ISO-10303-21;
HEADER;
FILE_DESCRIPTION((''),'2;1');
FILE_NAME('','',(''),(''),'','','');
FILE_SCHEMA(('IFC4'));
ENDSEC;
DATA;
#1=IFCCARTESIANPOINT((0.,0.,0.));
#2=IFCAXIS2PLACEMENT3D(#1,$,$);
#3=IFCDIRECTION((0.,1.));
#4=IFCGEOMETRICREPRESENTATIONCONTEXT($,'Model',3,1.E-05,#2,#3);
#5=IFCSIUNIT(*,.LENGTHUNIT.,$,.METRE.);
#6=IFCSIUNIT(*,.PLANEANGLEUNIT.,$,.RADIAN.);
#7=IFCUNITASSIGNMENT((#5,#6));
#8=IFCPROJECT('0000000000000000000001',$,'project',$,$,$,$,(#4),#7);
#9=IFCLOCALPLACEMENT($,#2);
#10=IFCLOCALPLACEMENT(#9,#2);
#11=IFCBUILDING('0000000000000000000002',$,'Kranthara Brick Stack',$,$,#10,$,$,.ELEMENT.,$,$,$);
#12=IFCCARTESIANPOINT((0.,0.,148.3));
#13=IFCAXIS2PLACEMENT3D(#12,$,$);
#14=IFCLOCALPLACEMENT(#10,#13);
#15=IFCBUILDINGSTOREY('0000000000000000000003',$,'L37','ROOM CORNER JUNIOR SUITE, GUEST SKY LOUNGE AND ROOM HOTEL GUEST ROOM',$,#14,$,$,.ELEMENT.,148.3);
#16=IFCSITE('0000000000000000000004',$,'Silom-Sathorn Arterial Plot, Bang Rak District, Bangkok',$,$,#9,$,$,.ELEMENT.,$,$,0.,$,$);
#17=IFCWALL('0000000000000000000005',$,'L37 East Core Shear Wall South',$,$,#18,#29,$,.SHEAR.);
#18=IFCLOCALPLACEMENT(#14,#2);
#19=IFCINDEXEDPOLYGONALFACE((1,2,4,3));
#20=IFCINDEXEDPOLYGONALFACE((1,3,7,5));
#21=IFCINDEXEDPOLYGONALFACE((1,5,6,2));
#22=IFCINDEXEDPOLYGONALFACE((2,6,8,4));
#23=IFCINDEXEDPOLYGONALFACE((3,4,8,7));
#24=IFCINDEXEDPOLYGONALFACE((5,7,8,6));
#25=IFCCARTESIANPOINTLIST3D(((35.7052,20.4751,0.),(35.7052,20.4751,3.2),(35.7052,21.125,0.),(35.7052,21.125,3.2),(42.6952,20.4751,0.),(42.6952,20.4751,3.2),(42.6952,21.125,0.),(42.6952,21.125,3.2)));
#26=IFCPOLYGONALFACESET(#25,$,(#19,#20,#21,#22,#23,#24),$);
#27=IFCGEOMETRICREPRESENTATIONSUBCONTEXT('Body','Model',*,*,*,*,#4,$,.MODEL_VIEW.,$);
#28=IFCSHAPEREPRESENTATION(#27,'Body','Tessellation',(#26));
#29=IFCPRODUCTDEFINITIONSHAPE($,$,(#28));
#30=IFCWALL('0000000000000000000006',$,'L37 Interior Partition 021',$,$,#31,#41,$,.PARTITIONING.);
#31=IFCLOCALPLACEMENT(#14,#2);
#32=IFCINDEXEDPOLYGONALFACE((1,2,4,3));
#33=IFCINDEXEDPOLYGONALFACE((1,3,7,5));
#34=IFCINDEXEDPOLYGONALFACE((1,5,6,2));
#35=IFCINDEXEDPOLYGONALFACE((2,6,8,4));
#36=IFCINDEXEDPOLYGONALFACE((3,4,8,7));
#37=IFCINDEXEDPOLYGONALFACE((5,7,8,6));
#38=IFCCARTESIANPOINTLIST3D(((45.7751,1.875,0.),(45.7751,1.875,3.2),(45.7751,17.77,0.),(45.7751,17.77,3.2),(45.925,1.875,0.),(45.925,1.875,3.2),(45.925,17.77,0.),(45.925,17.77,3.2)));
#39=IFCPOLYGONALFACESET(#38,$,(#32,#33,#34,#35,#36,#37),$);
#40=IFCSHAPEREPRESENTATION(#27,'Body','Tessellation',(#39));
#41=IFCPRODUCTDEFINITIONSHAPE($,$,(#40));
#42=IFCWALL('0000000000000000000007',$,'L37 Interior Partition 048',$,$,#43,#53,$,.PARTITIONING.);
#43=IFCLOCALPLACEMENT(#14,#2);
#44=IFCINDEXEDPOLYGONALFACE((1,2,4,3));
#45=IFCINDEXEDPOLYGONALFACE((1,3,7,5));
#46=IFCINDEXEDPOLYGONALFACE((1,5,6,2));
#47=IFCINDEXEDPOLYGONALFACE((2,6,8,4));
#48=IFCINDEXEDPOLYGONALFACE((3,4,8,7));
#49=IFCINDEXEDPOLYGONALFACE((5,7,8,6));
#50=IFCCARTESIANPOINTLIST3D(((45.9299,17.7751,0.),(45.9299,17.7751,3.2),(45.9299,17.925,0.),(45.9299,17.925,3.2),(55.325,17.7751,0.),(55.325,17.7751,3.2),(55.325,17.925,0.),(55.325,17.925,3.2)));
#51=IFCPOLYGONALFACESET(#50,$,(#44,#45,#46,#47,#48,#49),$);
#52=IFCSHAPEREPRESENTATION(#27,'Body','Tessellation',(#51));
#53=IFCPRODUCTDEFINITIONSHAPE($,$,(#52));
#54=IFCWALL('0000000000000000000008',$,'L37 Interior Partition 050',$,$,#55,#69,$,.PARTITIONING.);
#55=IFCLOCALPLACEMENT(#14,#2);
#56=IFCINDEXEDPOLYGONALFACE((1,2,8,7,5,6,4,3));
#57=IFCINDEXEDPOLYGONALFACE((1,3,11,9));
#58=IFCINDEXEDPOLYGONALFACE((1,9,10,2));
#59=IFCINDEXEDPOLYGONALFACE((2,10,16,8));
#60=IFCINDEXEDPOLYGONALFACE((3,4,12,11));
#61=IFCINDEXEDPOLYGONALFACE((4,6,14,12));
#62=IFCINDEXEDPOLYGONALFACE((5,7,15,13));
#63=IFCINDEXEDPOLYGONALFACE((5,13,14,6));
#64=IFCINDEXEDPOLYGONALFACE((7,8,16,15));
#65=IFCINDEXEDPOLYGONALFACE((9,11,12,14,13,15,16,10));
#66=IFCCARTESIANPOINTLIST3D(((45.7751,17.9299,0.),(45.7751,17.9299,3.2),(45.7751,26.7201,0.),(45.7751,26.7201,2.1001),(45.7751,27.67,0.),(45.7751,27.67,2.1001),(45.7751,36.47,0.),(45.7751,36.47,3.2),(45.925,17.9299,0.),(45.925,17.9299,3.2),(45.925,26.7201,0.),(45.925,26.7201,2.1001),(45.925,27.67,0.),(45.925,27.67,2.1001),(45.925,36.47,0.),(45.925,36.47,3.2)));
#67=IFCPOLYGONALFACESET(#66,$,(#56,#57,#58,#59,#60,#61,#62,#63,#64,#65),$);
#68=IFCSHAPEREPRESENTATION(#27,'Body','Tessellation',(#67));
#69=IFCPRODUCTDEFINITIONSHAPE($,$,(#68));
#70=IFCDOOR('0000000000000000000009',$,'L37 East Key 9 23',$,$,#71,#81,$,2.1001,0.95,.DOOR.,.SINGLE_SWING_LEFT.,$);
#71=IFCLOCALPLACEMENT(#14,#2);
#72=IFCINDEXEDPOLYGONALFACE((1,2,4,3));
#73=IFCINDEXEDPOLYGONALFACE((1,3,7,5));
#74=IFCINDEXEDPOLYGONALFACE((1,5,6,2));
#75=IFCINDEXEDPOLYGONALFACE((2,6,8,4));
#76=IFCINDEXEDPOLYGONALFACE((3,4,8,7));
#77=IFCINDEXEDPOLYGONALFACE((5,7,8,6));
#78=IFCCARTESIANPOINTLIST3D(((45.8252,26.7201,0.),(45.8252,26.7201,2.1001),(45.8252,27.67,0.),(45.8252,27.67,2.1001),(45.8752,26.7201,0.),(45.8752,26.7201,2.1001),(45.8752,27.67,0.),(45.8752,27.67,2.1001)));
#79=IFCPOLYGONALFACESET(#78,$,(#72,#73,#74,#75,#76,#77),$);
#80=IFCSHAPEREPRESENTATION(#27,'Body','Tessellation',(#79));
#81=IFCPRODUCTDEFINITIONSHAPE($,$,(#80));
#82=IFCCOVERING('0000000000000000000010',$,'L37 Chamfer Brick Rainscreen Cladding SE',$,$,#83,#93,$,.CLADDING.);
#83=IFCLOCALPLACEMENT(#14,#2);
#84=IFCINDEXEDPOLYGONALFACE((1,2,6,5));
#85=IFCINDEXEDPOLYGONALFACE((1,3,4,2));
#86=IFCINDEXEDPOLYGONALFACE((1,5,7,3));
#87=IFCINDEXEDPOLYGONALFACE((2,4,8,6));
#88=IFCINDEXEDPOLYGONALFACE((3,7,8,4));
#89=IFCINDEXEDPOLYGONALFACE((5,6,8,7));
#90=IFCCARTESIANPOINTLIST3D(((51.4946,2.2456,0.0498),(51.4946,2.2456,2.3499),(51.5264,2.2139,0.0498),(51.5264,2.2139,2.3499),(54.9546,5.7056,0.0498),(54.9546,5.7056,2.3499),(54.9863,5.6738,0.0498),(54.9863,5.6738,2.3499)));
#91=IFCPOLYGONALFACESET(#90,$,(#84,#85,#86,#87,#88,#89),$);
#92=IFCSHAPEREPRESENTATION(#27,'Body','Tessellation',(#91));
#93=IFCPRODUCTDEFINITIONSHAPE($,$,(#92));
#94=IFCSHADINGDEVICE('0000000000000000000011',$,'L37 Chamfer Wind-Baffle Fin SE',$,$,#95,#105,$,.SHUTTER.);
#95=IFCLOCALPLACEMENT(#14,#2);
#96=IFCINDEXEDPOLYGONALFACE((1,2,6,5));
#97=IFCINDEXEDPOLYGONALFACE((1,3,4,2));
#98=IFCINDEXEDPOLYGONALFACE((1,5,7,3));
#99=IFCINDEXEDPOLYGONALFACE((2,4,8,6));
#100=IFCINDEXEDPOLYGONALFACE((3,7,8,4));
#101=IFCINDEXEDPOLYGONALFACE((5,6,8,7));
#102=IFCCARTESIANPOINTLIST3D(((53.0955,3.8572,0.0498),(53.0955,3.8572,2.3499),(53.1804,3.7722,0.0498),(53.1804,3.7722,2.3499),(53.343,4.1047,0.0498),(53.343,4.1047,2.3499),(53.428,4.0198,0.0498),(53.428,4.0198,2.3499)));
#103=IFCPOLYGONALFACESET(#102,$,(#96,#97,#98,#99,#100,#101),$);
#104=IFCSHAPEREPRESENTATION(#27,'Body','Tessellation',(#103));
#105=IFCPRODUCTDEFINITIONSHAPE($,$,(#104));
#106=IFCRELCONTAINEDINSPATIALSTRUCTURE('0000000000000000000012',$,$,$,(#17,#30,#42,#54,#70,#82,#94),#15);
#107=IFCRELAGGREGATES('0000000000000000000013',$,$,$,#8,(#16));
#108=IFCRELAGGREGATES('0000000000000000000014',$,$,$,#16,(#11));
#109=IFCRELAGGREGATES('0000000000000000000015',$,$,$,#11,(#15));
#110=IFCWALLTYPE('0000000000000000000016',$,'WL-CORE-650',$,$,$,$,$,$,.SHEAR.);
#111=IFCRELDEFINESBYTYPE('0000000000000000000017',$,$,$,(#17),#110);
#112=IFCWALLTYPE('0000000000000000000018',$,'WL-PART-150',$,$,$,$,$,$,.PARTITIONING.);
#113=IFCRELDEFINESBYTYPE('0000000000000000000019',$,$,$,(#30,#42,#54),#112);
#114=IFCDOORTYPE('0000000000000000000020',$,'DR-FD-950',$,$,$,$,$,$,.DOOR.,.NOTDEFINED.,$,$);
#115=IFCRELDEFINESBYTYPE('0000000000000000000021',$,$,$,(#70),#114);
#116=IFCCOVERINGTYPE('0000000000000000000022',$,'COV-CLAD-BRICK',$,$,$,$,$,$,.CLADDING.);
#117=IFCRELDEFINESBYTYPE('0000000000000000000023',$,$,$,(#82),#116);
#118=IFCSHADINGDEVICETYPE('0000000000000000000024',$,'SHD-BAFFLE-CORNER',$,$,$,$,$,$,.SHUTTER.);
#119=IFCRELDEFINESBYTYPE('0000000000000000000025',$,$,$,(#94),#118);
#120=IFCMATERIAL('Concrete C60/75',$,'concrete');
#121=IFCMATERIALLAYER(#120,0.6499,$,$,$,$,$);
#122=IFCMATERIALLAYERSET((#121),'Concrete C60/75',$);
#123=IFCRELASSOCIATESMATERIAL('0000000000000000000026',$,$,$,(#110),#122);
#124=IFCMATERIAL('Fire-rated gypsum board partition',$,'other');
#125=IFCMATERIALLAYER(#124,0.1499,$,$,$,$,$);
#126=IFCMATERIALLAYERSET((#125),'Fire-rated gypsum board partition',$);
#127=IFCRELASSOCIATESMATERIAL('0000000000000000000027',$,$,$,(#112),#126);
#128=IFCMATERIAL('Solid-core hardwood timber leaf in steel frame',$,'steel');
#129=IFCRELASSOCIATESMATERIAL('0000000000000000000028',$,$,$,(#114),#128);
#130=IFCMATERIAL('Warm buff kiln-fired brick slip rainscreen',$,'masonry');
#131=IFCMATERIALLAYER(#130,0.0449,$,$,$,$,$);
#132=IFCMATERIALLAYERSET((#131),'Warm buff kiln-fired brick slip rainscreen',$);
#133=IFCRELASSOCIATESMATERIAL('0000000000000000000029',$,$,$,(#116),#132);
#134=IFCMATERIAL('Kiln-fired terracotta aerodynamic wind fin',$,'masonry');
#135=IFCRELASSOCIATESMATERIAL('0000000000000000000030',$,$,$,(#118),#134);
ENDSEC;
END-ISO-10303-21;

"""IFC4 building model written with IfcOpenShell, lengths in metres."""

from ifc_helpers import new_model, si_unit, direction, frame, frame_2d, origin, origin_2d, place, context, subcontext, project, spatial, rectangle, extrude, material, layer, layer_set, type_object, element, fill, save


model = new_model("IFC4")

# Units and contexts
model_context = context("Model", 3, precision=1e-05, world=origin(), true_north=direction((0.0, 1.0)))
body_context = subcontext(model_context, "Body", "Model", "MODEL_VIEW")
ifc_project = project(units=[si_unit("LENGTHUNIT", "METRE"), si_unit("PLANEANGLEUNIT", "RADIAN")], contexts=[model_context])

# Site, building, storey
site_placement = place(None, origin())
site = spatial("IfcSite", under=ifc_project, at=site_placement, Name="Silom-Sathorn Arterial Plot, Bang Rak District, Bangkok", CompositionType="ELEMENT", RefElevation=0.0)
building_placement = place(site_placement, origin())
building = spatial("IfcBuilding", under=site, at=building_placement, Name="Kranthara Brick Stack", CompositionType="ELEMENT")
storey_placement = place(building_placement, frame((0.0, 0.0, 148.3)))
storey = spatial("IfcBuildingStorey", under=building, at=storey_placement, Name="L37", Description="ROOM CORNER JUNIOR SUITE, GUEST SKY LOUNGE AND ROOM HOTEL GUEST ROOM", CompositionType="ELEMENT", Elevation=148.3)

# Walls
ifc_material_1 = material(Name="Concrete C60/75", Category="concrete")
ifc_layer_1 = layer(ifc_material_1, 0.6499)
ifc_layer_set_1 = layer_set([ifc_layer_1], Name="Concrete C60/75")
wall_type_1 = type_object("IfcWallType", Name="WL-CORE-650", PredefinedType="SHEAR", material=ifc_layer_set_1)
wall_1_placement = place(storey_placement, frame((35.7051, 20.8, 0.0), z_axis=(0.0, 0.0, 1.0), x_axis=(1.0, 0.0, 0.0)))
element("IfcWall", 1, at=wall_1_placement, inside=storey, type_object=wall_type_1, Name="L37 East Core Shear Wall South", PredefinedType="SHEAR", context=body_context, shape_type="SweptSolid", body=[
    extrude(rectangle(XDim=6.99, YDim=0.6499, at=frame_2d((3.4951, 0.0))), origin(), (0.0, 0.0, 1.0), 3.2),
])
ifc_material_2 = material(Name="Fire-rated gypsum board partition", Category="other")
ifc_layer_2 = layer(ifc_material_2, 0.1499)
ifc_layer_set_2 = layer_set([ifc_layer_2], Name="Fire-rated gypsum board partition")
wall_type_2 = type_object("IfcWallType", Name="WL-PART-150", PredefinedType="PARTITIONING", material=ifc_layer_set_2)
wall_2_placement = place(storey_placement, frame((45.8501, 1.875, 0.0), z_axis=(0.0, 0.0, 1.0), x_axis=(0.0, 1.0, 0.0)))
element("IfcWall", 2, at=wall_2_placement, inside=storey, type_object=wall_type_2, Name="L37 Interior Partition 021", PredefinedType="PARTITIONING", context=body_context, shape_type="SweptSolid", body=[
    extrude(rectangle(XDim=15.895, YDim=0.1499, at=frame_2d((7.9475, 0.0))), origin(), (0.0, 0.0, 1.0), 3.2),
])
wall_3_placement = place(storey_placement, frame((45.9299, 17.8501, 0.0), z_axis=(0.0, 0.0, 1.0), x_axis=(1.0, 0.0, 0.0)))
element("IfcWall", 3, at=wall_3_placement, inside=storey, type_object=wall_type_2, Name="L37 Interior Partition 048", PredefinedType="PARTITIONING", context=body_context, shape_type="SweptSolid", body=[
    extrude(rectangle(XDim=9.395, YDim=0.1499, at=frame_2d((4.6975, 0.0))), origin(), (0.0, 0.0, 1.0), 3.2),
])

# Wall, opening, door
wall_4_placement = place(storey_placement, frame((45.8501, 17.9299, 0.0), z_axis=(0.0, 0.0, 1.0), x_axis=(0.0, 1.0, 0.0)))
wall_4 = element("IfcWall", 4, at=wall_4_placement, inside=storey, type_object=wall_type_2, Name="L37 Interior Partition 050", PredefinedType="PARTITIONING", context=body_context, shape_type="SweptSolid", body=[
    extrude(rectangle(XDim=18.54, YDim=0.1499, at=frame_2d((9.27, 0.0))), origin(), (0.0, 0.0, 1.0), 3.2),
])
opening_1_placement = place(wall_4_placement, frame((8.79, 0.0, 0.0)))
opening_1 = element("IfcOpeningElement", 5, at=opening_1_placement, cuts=wall_4, PredefinedType="OPENING", context=body_context, shape_type="SweptSolid", body=[
    extrude(rectangle(XDim=0.95, YDim=2.1001, at=frame_2d((0.4751, 1.05))), frame((0.0, 0.085, 0.0), z_axis=(0.0, -1.0, 0.0), x_axis=(1.0, 0.0, 0.0)), (0.0, 0.0, 1.0), 0.1699),
])
ifc_material_3 = material(Name="Solid-core hardwood timber leaf in steel frame", Category="steel")
door_type_1 = type_object("IfcDoorType", Name="DR-FD-950", OperationType="NOTDEFINED", PredefinedType="DOOR", material=ifc_material_3)
door_1_placement = place(opening_1_placement, origin())
door_1 = element("IfcDoor", 6, at=door_1_placement, inside=storey, type_object=door_type_1, Name="L37 East Key 9 23", OperationType="SINGLE_SWING_LEFT", OverallHeight=2.1001, OverallWidth=0.95, PredefinedType="DOOR", context=body_context, shape_type="SweptSolid", body=[
    extrude(rectangle(XDim=0.95, YDim=2.1001, at=frame_2d((0.4751, 1.05))), frame((0.0, 0.0249, 0.0), z_axis=(0.0, -1.0, 0.0), x_axis=(1.0, 0.0, 0.0)), (0.0, 0.0, 1.0), 0.05),
])
fill(opening_1, door_1)

# Covering
ifc_material_4 = material(Name="Warm buff kiln-fired brick slip rainscreen", Category="masonry")
ifc_layer_3 = layer(ifc_material_4, 0.0449)
ifc_layer_set_3 = layer_set([ifc_layer_3], Name="Warm buff kiln-fired brick slip rainscreen")
covering_type = type_object("IfcCoveringType", Name="COV-CLAD-BRICK", PredefinedType="CLADDING", material=ifc_layer_set_3)
covering_placement = place(storey_placement, frame((53.2405, 3.9597, 0.0498), z_axis=(0.0, 0.0, 1.0), x_axis=(-0.707107, -0.707107, 0.0)))
element("IfcCovering", 7, at=covering_placement, inside=storey, type_object=covering_type, Name="L37 Chamfer Brick Rainscreen Cladding SE", PredefinedType="CLADDING", context=body_context, shape_type="SweptSolid", body=[
    extrude(rectangle(XDim=4.8931, YDim=0.0449, at=origin_2d()), origin(), (0.0, 0.0, 1.0), 2.3),
])

# Shading device
ifc_material_5 = material(Name="Kiln-fired terracotta aerodynamic wind fin", Category="masonry")
shading_device_type = type_object("IfcShadingDeviceType", Name="SHD-BAFFLE-CORNER", PredefinedType="SHUTTER", material=ifc_material_5)
shading_device_placement = place(storey_placement, frame((53.2617, 3.9385, 0.0498), z_axis=(0.0, 0.0, 1.0), x_axis=(-0.707107, -0.707107, 0.0)))
element("IfcShadingDevice", 8, at=shading_device_placement, inside=storey, type_object=shading_device_type, Name="L37 Chamfer Wind-Baffle Fin SE", PredefinedType="SHUTTER", context=body_context, shape_type="SweptSolid", body=[
    extrude(rectangle(XDim=0.3501, YDim=0.1201, at=origin_2d()), origin(), (0.0, 0.0, 1.0), 2.3),
])

save(model, "model.ifc")
